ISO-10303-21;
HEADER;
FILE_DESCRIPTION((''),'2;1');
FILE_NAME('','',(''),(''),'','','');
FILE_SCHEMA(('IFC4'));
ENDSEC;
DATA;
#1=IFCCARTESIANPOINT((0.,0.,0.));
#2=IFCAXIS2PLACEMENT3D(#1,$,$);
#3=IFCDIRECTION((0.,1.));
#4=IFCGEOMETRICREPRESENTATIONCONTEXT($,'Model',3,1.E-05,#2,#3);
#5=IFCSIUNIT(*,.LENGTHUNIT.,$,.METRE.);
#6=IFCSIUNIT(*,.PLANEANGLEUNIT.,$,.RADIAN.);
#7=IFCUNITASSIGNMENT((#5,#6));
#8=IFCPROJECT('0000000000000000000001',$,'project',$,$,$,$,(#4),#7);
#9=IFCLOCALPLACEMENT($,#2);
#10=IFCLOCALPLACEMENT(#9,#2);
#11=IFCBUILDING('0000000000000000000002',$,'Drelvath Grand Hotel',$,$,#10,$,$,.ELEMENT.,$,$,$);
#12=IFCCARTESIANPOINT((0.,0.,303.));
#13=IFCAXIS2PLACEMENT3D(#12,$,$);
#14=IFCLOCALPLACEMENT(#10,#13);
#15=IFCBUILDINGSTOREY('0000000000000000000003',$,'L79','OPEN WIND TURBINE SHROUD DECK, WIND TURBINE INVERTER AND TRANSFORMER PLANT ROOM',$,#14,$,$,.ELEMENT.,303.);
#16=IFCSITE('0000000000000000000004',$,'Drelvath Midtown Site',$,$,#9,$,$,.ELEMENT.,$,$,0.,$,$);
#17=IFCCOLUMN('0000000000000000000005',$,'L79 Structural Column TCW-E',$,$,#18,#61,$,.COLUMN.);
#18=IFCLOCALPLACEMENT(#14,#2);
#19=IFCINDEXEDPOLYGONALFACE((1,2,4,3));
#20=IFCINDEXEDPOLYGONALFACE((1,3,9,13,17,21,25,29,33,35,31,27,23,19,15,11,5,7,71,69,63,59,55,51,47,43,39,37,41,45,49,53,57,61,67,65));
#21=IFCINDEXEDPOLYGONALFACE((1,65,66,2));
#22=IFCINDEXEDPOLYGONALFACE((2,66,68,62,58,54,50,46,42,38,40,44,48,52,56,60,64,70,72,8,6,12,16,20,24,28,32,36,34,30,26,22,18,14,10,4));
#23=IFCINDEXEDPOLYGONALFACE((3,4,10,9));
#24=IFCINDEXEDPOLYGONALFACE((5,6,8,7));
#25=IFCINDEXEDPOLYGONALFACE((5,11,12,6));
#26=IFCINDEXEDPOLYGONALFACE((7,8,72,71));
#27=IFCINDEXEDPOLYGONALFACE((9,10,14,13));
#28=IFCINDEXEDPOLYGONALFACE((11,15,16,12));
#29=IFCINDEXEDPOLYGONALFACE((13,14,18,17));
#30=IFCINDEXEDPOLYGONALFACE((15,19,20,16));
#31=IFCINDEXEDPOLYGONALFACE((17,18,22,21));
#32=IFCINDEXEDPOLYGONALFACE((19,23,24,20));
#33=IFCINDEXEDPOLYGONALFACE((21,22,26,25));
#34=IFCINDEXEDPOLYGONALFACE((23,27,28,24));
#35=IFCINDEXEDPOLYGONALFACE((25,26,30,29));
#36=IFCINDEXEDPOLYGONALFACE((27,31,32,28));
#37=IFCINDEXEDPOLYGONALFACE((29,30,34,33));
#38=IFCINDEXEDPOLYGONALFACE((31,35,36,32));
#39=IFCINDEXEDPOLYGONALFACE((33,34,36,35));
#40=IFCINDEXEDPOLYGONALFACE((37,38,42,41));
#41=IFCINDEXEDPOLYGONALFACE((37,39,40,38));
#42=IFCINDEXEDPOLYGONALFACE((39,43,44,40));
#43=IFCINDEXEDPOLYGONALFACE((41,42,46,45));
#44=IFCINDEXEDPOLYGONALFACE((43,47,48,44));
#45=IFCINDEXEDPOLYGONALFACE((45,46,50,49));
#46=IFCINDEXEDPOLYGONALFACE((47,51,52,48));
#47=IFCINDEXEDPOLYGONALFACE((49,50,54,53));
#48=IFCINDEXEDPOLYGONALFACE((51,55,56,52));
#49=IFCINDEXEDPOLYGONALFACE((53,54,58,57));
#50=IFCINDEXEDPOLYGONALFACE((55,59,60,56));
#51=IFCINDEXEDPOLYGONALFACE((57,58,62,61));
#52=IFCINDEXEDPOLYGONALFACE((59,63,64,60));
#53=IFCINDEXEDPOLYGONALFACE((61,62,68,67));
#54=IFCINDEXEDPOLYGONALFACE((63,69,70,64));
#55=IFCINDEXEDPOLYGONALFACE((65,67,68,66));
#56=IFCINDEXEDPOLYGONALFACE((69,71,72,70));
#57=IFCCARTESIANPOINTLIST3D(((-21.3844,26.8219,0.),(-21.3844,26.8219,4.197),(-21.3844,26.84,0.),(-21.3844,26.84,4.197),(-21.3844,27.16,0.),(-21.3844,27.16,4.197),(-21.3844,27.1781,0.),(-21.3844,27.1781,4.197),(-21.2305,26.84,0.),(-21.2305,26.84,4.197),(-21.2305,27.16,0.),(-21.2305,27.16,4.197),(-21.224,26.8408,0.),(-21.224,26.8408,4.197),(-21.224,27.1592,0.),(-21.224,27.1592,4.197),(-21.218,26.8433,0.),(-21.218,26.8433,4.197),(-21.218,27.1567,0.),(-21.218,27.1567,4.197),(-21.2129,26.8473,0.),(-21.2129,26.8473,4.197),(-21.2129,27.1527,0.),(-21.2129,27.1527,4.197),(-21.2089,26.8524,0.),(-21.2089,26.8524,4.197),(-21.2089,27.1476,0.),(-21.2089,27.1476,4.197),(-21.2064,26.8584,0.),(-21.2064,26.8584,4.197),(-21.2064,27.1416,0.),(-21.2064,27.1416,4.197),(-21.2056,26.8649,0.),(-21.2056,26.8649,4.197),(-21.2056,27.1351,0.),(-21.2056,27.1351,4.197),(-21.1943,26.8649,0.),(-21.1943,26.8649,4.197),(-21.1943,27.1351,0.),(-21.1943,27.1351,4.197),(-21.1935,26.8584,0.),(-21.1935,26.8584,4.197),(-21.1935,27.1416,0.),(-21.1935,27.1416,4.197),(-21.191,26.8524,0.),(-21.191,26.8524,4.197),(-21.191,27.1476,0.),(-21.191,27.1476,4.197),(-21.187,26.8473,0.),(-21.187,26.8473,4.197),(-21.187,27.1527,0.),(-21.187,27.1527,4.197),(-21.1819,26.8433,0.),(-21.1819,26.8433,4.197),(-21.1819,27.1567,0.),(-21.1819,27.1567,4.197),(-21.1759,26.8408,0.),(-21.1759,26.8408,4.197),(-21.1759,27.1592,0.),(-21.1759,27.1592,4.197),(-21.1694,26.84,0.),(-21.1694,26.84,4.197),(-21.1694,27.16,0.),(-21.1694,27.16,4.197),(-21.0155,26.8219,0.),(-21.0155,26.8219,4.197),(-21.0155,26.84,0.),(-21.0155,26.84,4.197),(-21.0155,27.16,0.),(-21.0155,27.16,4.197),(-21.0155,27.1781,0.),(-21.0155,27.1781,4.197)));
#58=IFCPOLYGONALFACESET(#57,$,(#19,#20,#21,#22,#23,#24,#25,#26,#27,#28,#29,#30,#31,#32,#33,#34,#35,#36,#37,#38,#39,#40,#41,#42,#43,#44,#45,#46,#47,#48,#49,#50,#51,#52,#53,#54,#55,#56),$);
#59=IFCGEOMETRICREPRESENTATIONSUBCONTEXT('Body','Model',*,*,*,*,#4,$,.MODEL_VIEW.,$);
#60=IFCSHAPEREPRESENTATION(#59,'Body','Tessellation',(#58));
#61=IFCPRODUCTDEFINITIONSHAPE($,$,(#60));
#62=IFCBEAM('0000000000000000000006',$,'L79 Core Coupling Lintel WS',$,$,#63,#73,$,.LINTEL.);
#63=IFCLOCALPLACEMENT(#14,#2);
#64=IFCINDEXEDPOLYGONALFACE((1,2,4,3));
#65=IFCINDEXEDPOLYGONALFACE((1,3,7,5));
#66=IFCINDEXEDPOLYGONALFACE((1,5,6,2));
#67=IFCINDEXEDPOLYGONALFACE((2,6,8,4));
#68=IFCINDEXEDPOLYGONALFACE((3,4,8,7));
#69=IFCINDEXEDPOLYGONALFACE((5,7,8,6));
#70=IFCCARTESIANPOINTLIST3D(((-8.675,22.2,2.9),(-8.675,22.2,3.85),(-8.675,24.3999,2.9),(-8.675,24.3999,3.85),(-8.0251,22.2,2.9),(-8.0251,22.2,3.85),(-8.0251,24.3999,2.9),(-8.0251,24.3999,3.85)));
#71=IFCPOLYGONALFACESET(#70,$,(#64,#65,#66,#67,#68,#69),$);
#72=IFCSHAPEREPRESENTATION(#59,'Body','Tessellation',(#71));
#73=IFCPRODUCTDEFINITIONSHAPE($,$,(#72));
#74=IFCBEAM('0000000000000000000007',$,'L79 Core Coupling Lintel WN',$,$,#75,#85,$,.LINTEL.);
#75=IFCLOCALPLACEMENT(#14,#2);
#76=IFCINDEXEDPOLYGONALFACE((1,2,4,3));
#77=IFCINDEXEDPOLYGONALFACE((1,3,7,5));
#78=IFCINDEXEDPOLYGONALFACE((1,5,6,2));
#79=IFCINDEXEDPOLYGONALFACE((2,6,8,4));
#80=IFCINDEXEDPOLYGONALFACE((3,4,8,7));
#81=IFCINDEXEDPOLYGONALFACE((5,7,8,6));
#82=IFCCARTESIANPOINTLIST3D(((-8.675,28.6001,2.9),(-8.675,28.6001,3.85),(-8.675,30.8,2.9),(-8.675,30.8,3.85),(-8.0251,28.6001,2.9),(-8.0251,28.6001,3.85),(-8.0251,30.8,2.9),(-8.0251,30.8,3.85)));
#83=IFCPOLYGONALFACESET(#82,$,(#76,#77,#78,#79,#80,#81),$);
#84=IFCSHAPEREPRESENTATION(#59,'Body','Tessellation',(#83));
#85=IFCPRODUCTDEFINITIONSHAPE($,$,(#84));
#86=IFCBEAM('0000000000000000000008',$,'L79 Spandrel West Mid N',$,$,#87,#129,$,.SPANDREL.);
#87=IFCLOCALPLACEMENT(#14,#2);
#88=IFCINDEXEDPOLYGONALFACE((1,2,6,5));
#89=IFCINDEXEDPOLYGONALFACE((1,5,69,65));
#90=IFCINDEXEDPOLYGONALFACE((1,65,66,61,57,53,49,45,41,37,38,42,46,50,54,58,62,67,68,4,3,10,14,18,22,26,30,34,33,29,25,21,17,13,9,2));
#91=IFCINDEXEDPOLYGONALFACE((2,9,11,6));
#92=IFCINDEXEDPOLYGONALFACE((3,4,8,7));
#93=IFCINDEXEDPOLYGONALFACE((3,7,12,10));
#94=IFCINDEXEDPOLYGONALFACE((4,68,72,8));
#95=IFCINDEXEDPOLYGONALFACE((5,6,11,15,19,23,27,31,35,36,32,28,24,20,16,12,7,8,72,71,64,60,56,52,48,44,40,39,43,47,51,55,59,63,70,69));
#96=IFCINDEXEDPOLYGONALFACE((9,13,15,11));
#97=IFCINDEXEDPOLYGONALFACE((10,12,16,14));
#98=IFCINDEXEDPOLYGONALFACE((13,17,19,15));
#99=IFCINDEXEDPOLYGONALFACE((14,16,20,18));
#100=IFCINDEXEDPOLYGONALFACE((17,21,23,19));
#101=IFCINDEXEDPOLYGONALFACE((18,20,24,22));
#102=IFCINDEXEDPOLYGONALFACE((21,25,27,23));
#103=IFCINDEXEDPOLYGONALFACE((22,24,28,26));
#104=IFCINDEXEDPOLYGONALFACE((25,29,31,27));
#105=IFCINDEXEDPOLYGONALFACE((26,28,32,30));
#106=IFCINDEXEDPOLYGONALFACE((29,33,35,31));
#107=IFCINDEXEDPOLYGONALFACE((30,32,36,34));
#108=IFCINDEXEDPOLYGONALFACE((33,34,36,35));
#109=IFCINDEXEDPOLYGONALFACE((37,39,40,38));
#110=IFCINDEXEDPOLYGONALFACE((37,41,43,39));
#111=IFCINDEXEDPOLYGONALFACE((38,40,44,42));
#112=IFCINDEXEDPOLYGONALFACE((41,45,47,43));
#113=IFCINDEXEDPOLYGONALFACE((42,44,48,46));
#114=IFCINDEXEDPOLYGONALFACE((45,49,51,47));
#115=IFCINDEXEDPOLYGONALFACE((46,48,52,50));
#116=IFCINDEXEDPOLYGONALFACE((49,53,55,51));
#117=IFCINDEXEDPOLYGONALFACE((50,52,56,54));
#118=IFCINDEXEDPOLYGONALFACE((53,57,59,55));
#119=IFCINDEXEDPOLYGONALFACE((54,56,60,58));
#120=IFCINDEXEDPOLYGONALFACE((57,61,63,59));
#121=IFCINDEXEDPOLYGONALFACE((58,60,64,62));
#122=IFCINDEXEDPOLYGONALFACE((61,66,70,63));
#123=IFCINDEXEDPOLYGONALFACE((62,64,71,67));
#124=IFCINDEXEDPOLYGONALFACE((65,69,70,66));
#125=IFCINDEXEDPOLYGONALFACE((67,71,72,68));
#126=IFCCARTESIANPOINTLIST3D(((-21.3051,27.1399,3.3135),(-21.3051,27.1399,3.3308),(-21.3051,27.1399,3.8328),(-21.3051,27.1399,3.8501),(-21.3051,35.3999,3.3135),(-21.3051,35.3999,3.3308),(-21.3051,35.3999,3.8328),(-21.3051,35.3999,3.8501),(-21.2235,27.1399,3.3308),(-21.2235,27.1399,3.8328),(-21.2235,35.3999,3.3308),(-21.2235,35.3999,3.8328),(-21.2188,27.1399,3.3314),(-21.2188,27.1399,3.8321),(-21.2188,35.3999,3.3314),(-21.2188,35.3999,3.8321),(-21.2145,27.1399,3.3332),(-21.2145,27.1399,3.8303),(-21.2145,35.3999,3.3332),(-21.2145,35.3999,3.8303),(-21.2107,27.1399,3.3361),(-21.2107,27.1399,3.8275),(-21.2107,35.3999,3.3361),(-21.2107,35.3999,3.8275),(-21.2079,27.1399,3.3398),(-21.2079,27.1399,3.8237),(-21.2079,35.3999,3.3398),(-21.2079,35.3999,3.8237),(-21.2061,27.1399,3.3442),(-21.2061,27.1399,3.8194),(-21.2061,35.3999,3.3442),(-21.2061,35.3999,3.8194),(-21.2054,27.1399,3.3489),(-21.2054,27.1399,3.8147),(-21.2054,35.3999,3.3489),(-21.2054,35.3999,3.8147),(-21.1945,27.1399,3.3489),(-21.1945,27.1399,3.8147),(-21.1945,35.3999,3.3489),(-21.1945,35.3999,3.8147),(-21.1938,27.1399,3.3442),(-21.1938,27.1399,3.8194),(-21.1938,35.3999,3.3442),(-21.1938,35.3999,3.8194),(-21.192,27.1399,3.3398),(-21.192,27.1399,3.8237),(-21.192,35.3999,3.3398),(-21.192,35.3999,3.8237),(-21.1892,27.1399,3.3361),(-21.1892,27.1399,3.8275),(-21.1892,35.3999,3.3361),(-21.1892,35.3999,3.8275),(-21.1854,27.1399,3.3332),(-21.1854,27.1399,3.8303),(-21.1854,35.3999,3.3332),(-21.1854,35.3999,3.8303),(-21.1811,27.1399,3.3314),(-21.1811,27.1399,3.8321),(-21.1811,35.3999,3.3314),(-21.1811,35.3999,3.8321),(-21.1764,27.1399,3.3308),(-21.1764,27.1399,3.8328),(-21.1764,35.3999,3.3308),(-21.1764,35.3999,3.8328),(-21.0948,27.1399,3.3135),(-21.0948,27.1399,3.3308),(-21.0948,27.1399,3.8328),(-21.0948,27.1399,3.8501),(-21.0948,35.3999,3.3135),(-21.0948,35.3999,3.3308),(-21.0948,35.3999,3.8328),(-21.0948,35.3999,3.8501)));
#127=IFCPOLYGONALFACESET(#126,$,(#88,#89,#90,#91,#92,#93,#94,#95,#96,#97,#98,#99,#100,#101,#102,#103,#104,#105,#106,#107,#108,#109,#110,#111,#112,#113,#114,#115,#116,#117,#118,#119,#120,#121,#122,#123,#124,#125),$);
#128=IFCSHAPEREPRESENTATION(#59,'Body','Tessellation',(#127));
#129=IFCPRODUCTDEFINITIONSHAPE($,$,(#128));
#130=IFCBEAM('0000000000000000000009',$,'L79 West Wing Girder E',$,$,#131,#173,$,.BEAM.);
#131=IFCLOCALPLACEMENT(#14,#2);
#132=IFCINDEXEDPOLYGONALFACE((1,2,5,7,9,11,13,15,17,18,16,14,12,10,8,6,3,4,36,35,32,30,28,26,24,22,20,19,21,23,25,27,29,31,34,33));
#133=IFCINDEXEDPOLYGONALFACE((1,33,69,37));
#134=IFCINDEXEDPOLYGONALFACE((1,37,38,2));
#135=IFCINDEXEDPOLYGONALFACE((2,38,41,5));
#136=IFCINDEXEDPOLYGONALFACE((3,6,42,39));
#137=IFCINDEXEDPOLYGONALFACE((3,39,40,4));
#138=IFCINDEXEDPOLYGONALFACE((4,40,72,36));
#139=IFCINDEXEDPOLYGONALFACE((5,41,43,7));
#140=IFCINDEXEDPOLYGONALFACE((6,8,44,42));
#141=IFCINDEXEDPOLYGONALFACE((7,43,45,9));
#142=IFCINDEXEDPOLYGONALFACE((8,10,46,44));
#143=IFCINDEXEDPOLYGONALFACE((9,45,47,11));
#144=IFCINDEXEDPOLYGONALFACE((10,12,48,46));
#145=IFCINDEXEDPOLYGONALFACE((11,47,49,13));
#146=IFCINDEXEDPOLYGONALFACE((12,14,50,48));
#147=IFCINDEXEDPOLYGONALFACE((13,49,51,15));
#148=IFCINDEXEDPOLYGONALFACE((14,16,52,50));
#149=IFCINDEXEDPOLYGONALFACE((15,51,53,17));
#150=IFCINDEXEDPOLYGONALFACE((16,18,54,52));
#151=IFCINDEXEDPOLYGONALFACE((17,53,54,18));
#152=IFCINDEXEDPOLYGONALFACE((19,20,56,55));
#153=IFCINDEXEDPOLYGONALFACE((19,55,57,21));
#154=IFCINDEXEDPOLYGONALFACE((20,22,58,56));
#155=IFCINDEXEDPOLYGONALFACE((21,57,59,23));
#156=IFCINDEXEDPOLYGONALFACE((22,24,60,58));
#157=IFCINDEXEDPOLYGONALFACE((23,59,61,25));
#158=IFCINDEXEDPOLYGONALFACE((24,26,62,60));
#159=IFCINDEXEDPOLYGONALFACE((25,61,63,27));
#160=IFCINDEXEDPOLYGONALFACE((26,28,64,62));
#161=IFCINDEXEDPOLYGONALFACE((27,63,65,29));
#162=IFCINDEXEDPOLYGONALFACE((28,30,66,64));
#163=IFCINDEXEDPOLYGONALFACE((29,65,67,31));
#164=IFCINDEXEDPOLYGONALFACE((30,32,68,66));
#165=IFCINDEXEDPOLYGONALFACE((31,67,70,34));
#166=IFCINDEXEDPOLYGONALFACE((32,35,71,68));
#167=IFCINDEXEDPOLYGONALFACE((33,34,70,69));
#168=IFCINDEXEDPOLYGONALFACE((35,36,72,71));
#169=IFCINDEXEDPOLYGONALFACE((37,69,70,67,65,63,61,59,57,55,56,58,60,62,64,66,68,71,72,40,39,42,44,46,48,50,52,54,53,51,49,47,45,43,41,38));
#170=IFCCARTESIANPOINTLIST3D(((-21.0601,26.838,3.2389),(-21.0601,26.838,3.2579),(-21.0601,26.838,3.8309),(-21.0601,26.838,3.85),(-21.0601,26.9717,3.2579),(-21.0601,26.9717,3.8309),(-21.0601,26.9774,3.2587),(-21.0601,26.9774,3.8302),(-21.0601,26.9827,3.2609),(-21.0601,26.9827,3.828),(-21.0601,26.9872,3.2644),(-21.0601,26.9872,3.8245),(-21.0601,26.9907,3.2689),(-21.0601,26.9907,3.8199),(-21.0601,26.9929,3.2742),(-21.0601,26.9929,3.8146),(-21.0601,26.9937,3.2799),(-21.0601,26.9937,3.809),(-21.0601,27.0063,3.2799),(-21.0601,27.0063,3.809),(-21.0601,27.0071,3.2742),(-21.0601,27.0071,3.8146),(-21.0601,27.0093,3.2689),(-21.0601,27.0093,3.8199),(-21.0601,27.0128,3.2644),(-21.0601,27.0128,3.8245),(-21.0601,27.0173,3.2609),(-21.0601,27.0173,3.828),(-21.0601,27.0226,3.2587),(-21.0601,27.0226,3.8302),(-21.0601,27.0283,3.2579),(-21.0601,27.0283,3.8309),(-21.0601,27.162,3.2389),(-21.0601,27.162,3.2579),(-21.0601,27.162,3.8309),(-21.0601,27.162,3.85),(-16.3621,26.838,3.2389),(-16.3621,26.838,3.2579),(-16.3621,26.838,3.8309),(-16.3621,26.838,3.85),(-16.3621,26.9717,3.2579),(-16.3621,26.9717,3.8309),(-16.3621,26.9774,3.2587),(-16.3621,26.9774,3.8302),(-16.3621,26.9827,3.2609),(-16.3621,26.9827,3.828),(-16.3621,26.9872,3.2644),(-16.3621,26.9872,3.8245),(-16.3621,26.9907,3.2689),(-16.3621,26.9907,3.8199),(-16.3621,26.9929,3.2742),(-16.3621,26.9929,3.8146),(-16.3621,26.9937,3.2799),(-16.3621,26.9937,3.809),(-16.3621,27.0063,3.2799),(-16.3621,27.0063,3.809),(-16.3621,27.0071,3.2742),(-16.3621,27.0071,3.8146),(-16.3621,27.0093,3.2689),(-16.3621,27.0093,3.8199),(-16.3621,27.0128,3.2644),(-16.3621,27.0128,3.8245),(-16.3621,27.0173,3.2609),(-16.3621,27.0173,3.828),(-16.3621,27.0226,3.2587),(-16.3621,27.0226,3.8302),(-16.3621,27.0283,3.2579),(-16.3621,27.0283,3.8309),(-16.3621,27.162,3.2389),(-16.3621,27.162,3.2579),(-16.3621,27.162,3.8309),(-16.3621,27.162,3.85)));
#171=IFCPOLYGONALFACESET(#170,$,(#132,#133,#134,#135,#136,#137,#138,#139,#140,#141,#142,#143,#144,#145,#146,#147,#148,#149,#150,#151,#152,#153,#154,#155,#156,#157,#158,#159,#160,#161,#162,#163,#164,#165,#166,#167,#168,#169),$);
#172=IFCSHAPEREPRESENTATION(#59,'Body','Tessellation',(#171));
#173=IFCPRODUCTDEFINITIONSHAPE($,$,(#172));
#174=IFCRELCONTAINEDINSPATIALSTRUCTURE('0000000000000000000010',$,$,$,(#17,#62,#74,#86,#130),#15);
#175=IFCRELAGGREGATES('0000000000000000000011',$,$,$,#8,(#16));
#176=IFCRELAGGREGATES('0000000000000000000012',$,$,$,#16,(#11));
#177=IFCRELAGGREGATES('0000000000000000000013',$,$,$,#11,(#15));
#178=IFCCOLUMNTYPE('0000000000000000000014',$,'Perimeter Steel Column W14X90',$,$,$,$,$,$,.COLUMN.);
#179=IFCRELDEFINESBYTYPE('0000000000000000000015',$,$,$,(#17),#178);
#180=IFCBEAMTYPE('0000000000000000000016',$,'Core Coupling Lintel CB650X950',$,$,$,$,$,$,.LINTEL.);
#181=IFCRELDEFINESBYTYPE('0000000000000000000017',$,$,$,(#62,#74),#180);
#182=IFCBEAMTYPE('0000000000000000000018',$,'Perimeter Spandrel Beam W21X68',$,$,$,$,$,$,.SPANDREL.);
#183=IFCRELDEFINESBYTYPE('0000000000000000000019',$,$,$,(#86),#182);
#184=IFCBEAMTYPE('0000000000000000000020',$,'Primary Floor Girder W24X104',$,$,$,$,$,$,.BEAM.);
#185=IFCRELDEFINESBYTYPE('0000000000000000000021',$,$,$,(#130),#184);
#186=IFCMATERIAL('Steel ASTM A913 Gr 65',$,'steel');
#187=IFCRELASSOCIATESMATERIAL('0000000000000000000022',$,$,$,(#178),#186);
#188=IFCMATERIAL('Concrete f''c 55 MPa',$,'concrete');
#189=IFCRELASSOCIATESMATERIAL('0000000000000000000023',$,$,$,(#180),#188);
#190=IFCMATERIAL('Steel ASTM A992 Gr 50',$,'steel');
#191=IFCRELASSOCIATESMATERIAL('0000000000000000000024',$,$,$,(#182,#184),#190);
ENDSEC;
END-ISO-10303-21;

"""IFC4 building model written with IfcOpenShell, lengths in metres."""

from ifc_helpers import new_model, si_unit, direction, frame, origin, origin_2d, place, context, subcontext, project, spatial, rectangle, i_section, extrude, material, material_profile, profile_set, type_object, element, save


model = new_model("IFC4")

# Units and contexts
model_context = context("Model", 3, precision=1e-05, world=origin(), true_north=direction((0.0, 1.0)))
body_context = subcontext(model_context, "Body", "Model", "MODEL_VIEW")
ifc_project = project(units=[si_unit("LENGTHUNIT", "METRE"), si_unit("PLANEANGLEUNIT", "RADIAN")], contexts=[model_context])

# Site, building, storey
site_placement = place(None, origin())
site = spatial("IfcSite", under=ifc_project, at=site_placement, Name="Drelvath Midtown Site", CompositionType="ELEMENT", RefElevation=0.0)
building_placement = place(site_placement, origin())
building = spatial("IfcBuilding", under=site, at=building_placement, Name="Drelvath Grand Hotel", CompositionType="ELEMENT")
storey_placement = place(building_placement, frame((0.0, 0.0, 303.0)))
storey = spatial("IfcBuildingStorey", under=building, at=storey_placement, Name="L79", Description="OPEN WIND TURBINE SHROUD DECK, WIND TURBINE INVERTER AND TRANSFORMER PLANT ROOM", CompositionType="ELEMENT", Elevation=303.0)

# Column
ifc_material_1 = material(Name="Steel ASTM A913 Gr 65", Category="steel")
ifc_material_profile_1 = material_profile(ifc_material_1, i_section(OverallWidth=0.3689, OverallDepth=0.3562, WebThickness=0.0112, FlangeThickness=0.0181, FilletRadius=0.0249, at=origin_2d()), Name="W14X90")
ifc_profile_set_1 = profile_set([ifc_material_profile_1], Name="Steel ASTM A913 Gr 65")
column_type = type_object("IfcColumnType", Name="Perimeter Steel Column W14X90", PredefinedType="COLUMN", material=ifc_profile_set_1)
column_placement = place(storey_placement, frame((-21.2, 27.0, 0.0), z_axis=(0.0, 0.0, 1.0), x_axis=(1.0, 0.0, 0.0)))
element("IfcColumn", 1, at=column_placement, inside=storey, type_object=column_type, Name="L79 Structural Column TCW-E", PredefinedType="COLUMN", context=body_context, shape_type="SweptSolid", body=[
    extrude(i_section(OverallWidth=0.3689, OverallDepth=0.3562, WebThickness=0.0112, FlangeThickness=0.0181, FilletRadius=0.0249, at=origin_2d()), origin(), (0.0, 0.0, 1.0), 4.197),
])

# Beams
ifc_material_2 = material(Name="Concrete f'c 55 MPa", Category="concrete")
ifc_material_profile_2 = material_profile(ifc_material_2, rectangle(XDim=0.6499, YDim=0.95, at=origin_2d()), Name="CB650X950")
ifc_profile_set_2 = profile_set([ifc_material_profile_2], Name="Concrete f'c 55 MPa")
beam_type_1 = type_object("IfcBeamType", Name="Core Coupling Lintel CB650X950", PredefinedType="LINTEL", material=ifc_profile_set_2)
for number, where, z_axis, x_axis, name in (
    (2, (-8.3501, 22.2, 3.375), (0.0, 1.0, 0.0), (-1.0, 0.0, 0.0), "L79 Core Coupling Lintel WS"),
    (3, (-8.3501, 28.6001, 3.375), (0.0, 1.0, 0.0), (-1.0, 0.0, 0.0), "L79 Core Coupling Lintel WN"),
):
    element("IfcBeam", number, at=place(storey_placement, frame(where, z_axis=z_axis, x_axis=x_axis)), inside=storey, type_object=beam_type_1, Name=name, PredefinedType="LINTEL", context=body_context, shape_type="SweptSolid", body=[
        extrude(rectangle(XDim=0.6499, YDim=0.95, at=origin_2d()), origin(), (0.0, 0.0, 1.0), 2.2),
    ])
ifc_material_3 = material(Name="Steel ASTM A992 Gr 50", Category="steel")
ifc_material_profile_3 = material_profile(ifc_material_3, i_section(OverallWidth=0.2102, OverallDepth=0.5366, WebThickness=0.011, FlangeThickness=0.0173, FilletRadius=0.0181, at=origin_2d()), Name="W21X68")
ifc_profile_set_3 = profile_set([ifc_material_profile_3], Name="Steel ASTM A992 Gr 50")
beam_type_2 = type_object("IfcBeamType", Name="Perimeter Spandrel Beam W21X68", PredefinedType="SPANDREL", material=ifc_profile_set_3)
beam_1_placement = place(storey_placement, frame((-21.2, 27.1399, 3.5818), z_axis=(0.0, 1.0, 0.0), x_axis=(-1.0, 0.0, 0.0)))
element("IfcBeam", 4, at=beam_1_placement, inside=storey, type_object=beam_type_2, Name="L79 Spandrel West Mid N", PredefinedType="SPANDREL", context=body_context, shape_type="SweptSolid", body=[
    extrude(i_section(OverallWidth=0.2102, OverallDepth=0.5366, WebThickness=0.011, FlangeThickness=0.0173, FilletRadius=0.0181, at=origin_2d()), origin(), (0.0, 0.0, 1.0), 8.26),
])
ifc_material_profile_4 = material_profile(ifc_material_3, i_section(OverallWidth=0.324, OverallDepth=0.6111, WebThickness=0.0127, FlangeThickness=0.019, FilletRadius=0.022, at=origin_2d()), Name="W24X104")
ifc_profile_set_4 = profile_set([ifc_material_profile_4], Name="Steel ASTM A992 Gr 50")
beam_type_3 = type_object("IfcBeamType", Name="Primary Floor Girder W24X104", PredefinedType="BEAM", material=ifc_profile_set_4)
beam_2_placement = place(storey_placement, frame((-21.0601, 27.0, 3.5444), z_axis=(1.0, 0.0, 0.0), x_axis=(0.0, 1.0, 0.0)))
element("IfcBeam", 5, at=beam_2_placement, inside=storey, type_object=beam_type_3, Name="L79 West Wing Girder E", PredefinedType="BEAM", context=body_context, shape_type="SweptSolid", body=[
    extrude(i_section(OverallWidth=0.324, OverallDepth=0.6111, WebThickness=0.0127, FlangeThickness=0.019, FilletRadius=0.022, at=origin_2d()), origin(), (0.0, 0.0, 1.0), 4.698),
])

save(model, "model.ifc")
